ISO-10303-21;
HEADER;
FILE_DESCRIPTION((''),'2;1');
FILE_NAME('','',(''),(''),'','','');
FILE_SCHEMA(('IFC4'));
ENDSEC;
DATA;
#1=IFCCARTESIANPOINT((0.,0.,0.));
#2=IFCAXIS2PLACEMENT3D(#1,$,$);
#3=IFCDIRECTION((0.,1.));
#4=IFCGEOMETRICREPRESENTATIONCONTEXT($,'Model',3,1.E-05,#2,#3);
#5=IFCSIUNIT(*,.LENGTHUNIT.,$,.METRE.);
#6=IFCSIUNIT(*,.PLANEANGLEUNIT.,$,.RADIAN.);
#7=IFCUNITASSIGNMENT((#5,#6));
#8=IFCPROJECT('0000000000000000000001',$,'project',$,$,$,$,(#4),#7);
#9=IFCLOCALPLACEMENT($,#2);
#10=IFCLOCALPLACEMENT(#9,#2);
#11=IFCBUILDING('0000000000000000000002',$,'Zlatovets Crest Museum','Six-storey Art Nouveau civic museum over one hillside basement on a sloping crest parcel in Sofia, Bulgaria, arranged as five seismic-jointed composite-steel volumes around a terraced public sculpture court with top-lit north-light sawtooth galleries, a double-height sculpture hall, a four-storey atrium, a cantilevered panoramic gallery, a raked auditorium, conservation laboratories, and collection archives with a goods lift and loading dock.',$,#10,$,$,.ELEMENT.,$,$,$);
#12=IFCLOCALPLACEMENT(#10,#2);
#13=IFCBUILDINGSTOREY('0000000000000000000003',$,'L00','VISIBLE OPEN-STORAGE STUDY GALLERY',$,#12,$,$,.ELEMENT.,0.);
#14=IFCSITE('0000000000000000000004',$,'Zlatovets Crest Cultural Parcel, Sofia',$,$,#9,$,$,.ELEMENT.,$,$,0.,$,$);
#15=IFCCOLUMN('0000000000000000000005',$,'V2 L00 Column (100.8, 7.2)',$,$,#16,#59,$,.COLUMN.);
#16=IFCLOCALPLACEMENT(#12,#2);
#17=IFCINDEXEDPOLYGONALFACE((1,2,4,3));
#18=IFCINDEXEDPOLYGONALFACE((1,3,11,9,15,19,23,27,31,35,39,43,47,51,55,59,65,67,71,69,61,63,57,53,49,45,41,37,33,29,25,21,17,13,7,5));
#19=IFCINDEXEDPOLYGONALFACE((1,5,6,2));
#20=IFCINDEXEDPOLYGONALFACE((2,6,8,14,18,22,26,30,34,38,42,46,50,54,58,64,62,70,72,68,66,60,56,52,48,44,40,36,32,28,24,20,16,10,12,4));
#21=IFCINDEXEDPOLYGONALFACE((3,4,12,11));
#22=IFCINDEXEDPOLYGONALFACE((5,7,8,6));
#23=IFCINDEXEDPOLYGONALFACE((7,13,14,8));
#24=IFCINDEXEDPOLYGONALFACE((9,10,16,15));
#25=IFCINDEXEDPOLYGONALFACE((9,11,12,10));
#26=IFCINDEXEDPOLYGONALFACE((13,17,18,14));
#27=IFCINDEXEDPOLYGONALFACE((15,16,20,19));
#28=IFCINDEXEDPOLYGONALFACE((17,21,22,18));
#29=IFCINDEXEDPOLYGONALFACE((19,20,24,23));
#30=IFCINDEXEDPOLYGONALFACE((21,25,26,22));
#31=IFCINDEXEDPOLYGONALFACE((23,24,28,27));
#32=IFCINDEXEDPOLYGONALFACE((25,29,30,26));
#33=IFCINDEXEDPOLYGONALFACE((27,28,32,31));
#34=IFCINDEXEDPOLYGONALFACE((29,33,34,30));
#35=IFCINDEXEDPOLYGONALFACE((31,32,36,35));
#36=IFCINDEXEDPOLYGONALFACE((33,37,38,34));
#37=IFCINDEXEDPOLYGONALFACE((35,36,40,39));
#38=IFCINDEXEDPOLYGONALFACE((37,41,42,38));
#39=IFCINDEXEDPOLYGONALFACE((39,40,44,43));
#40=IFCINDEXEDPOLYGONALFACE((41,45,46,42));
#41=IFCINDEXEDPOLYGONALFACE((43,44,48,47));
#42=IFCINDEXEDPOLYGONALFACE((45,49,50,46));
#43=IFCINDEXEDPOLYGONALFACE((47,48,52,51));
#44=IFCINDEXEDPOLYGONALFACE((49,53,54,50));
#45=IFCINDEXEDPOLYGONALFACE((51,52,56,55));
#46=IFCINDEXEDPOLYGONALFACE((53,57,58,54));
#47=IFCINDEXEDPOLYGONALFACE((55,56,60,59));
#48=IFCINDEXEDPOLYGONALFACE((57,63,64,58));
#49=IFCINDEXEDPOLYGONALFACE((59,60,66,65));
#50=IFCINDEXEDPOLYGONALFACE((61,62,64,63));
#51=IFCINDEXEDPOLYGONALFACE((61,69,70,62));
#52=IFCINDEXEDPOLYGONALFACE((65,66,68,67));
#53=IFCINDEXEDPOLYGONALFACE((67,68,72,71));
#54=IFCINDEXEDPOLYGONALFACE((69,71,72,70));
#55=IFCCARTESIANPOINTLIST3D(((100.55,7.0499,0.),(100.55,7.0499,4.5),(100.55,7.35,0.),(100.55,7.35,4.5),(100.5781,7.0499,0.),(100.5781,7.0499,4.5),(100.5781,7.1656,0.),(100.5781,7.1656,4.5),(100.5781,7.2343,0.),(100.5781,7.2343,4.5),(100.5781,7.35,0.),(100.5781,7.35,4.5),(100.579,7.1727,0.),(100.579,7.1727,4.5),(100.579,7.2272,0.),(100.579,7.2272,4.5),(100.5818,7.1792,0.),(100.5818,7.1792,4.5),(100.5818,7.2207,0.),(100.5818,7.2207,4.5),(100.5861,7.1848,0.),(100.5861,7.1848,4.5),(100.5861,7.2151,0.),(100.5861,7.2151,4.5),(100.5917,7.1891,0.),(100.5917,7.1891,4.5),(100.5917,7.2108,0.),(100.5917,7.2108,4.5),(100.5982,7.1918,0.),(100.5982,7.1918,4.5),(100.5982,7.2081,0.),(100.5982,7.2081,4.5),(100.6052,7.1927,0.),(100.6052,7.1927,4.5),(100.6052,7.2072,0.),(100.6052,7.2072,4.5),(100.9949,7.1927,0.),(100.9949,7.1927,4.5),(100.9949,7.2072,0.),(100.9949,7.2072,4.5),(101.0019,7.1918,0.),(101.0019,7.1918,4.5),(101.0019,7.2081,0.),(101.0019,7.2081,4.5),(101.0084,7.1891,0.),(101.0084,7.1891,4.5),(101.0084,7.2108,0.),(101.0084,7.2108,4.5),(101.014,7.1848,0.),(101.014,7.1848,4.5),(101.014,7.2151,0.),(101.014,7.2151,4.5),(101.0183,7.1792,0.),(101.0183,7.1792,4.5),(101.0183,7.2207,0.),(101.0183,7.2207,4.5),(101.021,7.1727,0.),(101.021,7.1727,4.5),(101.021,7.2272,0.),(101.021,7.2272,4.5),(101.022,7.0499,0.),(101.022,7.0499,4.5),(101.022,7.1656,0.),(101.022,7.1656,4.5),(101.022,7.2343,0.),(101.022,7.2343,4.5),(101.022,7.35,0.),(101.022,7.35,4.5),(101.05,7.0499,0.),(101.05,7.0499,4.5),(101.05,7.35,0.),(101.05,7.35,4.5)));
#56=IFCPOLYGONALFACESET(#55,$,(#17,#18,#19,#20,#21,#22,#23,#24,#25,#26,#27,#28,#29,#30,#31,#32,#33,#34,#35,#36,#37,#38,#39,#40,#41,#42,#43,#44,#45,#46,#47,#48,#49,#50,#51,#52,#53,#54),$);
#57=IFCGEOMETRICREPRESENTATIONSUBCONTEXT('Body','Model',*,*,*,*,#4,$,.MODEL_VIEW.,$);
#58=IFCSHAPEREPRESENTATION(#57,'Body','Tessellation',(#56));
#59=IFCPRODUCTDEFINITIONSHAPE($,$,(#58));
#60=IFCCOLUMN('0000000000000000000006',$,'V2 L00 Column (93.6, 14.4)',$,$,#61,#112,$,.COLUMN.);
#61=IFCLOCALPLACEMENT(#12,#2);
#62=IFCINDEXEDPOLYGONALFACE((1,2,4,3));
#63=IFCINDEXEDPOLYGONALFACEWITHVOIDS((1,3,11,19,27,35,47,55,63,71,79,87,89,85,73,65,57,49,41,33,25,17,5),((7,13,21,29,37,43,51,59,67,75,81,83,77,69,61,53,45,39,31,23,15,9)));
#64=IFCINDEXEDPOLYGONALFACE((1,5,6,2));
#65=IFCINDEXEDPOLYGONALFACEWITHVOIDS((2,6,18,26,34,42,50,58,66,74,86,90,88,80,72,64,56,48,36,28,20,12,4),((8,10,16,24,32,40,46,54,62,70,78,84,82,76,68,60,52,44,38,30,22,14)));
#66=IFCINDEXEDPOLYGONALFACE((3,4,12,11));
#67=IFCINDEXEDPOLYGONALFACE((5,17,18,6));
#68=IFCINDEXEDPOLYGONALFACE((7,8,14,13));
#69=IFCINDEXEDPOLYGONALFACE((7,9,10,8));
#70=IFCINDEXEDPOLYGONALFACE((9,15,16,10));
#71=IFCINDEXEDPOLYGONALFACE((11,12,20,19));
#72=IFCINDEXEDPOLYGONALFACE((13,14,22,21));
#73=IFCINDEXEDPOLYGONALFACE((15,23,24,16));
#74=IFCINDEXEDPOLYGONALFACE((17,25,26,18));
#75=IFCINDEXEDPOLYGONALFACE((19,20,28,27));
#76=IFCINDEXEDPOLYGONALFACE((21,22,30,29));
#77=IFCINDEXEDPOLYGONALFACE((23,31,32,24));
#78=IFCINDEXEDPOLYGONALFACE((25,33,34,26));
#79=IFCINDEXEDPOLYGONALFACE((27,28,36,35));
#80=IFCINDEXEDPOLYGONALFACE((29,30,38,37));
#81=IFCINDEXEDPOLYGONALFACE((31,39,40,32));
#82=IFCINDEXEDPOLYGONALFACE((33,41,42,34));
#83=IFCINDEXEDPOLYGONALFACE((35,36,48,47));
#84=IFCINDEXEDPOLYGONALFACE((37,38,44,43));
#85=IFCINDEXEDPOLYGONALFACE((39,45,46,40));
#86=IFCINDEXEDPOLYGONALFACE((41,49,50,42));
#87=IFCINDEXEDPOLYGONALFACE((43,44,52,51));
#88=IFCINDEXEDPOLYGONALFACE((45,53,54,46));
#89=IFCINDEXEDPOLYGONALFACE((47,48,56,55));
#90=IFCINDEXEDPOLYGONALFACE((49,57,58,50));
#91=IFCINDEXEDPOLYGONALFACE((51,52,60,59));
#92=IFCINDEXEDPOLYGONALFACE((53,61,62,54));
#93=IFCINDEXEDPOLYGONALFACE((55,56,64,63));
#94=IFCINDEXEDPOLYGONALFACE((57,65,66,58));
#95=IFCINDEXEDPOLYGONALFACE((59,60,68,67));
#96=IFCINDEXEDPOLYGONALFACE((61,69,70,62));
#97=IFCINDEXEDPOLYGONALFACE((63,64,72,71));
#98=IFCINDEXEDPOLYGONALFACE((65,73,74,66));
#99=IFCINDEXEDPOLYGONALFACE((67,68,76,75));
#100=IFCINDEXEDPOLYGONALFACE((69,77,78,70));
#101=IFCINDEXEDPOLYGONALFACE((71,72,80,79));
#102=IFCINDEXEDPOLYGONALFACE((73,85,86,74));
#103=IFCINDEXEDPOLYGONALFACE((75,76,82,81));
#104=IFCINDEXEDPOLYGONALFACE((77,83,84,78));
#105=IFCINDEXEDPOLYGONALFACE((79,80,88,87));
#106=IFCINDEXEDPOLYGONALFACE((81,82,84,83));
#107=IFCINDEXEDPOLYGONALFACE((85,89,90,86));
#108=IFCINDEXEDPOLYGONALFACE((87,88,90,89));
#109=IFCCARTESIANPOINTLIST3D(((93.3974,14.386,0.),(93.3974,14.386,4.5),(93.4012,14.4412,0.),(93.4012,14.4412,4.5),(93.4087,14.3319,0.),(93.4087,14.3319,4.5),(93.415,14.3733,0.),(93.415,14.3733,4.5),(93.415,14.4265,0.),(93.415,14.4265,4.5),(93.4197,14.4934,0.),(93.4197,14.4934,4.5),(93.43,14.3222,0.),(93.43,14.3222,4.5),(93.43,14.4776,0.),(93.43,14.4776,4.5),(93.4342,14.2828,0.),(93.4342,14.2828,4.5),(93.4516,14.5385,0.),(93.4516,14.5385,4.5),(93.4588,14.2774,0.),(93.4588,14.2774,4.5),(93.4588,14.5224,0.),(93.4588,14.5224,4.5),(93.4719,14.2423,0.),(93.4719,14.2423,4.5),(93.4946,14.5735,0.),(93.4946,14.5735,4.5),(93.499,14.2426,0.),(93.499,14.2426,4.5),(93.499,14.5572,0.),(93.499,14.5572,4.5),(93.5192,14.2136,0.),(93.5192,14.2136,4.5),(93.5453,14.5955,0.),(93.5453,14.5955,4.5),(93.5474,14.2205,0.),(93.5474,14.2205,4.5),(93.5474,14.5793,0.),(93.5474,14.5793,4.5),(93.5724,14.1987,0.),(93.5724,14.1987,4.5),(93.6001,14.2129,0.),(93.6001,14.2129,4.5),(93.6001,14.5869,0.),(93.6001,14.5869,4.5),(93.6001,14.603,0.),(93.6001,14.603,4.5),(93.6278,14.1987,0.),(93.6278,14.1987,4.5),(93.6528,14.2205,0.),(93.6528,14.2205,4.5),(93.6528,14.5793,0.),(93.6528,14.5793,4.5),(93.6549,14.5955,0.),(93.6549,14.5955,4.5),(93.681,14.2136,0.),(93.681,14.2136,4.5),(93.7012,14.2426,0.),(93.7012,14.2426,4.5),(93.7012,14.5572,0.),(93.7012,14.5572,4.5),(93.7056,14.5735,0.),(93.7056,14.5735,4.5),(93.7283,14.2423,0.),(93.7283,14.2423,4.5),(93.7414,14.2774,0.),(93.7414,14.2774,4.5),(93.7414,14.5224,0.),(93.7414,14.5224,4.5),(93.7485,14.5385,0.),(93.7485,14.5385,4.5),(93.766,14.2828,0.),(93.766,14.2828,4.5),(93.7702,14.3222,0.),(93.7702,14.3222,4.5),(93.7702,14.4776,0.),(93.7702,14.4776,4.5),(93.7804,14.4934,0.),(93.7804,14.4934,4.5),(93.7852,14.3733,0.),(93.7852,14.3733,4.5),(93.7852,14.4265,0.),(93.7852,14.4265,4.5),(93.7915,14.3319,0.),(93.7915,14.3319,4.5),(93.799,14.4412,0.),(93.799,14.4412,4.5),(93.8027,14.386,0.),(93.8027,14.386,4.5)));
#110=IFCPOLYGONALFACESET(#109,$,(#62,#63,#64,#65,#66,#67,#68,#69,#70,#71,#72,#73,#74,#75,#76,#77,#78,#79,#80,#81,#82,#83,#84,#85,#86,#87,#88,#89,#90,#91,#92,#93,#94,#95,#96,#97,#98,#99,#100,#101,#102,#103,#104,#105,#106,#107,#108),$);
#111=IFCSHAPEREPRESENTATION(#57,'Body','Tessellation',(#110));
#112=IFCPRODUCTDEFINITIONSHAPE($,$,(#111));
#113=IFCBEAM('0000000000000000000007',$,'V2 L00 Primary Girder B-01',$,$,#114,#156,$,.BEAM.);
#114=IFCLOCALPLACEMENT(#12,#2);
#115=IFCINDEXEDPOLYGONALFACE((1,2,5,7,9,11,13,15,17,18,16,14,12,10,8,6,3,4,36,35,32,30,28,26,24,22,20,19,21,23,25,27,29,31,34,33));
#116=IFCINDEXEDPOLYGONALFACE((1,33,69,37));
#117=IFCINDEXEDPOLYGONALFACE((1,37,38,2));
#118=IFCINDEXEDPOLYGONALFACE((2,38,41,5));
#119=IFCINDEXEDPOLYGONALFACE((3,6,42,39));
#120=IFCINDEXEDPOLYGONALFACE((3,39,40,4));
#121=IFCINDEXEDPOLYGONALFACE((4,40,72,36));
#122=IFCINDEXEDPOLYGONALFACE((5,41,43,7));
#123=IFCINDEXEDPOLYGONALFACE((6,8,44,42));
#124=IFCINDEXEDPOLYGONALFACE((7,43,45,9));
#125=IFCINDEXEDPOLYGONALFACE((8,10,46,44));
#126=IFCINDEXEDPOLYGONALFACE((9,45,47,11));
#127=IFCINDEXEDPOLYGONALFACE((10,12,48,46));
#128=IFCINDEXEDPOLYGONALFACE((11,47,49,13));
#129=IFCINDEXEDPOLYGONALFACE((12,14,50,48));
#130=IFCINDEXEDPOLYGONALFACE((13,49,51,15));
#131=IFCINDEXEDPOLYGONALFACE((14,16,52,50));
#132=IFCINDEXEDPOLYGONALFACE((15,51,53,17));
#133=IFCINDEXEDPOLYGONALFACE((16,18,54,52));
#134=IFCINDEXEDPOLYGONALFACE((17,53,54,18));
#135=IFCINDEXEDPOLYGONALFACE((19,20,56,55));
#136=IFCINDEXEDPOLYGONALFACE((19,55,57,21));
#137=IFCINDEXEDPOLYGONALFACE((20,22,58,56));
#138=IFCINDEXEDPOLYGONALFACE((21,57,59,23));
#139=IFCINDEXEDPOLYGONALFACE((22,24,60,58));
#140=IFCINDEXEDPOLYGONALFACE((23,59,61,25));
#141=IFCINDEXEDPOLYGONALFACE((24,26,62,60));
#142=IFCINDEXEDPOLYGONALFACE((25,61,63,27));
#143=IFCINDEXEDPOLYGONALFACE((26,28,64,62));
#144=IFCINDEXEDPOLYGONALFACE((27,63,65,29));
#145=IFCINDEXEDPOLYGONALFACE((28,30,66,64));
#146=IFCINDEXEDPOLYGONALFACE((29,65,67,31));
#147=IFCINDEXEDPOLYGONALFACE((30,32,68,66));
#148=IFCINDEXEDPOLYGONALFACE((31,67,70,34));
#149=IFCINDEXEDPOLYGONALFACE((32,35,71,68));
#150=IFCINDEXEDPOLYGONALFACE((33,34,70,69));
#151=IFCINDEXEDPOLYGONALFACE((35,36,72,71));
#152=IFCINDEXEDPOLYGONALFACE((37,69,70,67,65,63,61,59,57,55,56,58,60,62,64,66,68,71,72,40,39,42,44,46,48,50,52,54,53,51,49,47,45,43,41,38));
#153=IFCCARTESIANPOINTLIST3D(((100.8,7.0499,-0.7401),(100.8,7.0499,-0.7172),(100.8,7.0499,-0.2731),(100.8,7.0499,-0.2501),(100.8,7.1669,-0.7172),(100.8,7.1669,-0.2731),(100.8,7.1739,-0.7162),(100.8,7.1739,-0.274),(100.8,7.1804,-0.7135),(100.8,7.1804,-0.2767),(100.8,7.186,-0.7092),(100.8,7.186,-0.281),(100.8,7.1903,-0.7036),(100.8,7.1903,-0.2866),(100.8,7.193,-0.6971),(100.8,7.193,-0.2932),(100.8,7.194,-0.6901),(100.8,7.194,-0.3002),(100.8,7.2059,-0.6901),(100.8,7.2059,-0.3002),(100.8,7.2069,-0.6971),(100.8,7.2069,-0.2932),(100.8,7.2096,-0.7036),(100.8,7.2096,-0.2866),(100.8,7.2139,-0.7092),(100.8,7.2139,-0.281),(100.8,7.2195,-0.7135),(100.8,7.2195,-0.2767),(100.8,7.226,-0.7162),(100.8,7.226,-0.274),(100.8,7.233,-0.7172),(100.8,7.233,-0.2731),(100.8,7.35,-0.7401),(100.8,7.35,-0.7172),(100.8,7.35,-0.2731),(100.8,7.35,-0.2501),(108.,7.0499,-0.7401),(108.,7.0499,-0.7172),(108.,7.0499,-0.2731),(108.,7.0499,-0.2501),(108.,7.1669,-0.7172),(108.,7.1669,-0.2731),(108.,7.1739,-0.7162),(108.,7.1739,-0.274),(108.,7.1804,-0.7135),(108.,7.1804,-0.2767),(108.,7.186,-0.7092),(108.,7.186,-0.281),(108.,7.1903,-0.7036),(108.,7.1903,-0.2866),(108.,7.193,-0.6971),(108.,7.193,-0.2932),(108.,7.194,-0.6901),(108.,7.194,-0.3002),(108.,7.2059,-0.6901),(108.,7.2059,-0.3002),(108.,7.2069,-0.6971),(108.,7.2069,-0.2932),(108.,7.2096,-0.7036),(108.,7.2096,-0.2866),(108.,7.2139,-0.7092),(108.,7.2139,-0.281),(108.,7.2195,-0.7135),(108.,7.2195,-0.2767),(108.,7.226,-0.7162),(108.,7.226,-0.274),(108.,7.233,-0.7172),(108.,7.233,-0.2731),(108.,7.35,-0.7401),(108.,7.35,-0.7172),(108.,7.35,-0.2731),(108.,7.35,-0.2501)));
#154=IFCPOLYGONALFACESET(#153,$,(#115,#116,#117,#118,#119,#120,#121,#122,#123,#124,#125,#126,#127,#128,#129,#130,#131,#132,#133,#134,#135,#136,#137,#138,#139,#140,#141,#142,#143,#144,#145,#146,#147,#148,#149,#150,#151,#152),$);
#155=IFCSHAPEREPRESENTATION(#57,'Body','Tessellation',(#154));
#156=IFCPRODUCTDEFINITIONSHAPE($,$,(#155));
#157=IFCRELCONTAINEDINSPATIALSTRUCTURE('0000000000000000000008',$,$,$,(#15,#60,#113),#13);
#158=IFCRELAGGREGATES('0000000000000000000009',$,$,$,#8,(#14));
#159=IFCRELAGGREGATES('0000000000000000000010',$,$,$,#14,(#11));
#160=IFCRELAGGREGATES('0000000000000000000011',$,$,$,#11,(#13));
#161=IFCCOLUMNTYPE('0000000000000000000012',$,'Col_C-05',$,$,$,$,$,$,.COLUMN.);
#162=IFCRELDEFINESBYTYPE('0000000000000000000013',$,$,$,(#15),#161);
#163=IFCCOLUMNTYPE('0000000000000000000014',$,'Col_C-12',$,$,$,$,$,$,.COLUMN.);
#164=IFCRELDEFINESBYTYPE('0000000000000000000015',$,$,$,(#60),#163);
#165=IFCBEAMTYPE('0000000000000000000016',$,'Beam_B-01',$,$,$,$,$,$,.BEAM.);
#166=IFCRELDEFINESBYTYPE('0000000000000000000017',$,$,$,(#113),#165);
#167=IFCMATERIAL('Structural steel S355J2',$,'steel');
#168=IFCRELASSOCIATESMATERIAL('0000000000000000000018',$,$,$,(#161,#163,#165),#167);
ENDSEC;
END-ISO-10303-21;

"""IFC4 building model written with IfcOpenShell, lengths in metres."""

from ifc_helpers import new_model, si_unit, direction, frame, origin, origin_2d, place, context, subcontext, project, spatial, hollow_circle, i_section, extrude, material, material_profile, profile_set, type_object, element, save


model = new_model("IFC4")

# Units and contexts
model_context = context("Model", 3, precision=1e-05, world=origin(), true_north=direction((0.0, 1.0)))
body_context = subcontext(model_context, "Body", "Model", "MODEL_VIEW")
ifc_project = project(units=[si_unit("LENGTHUNIT", "METRE"), si_unit("PLANEANGLEUNIT", "RADIAN")], contexts=[model_context])

# Site, building, storey
site_placement = place(None, origin())
site = spatial("IfcSite", under=ifc_project, at=site_placement, Name="Zlatovets Crest Cultural Parcel, Sofia", CompositionType="ELEMENT", RefElevation=0.0)
building_placement = place(site_placement, origin())
building = spatial("IfcBuilding", under=site, at=building_placement, Name="Zlatovets Crest Museum", Description="Six-storey Art Nouveau civic museum over one hillside basement on a sloping crest parcel in Sofia, Bulgaria, arranged as five seismic-jointed composite-steel volumes around a terraced public sculpture court with top-lit north-light sawtooth galleries, a double-height sculpture hall, a four-storey atrium, a cantilevered panoramic gallery, a raked auditorium, conservation laboratories, and collection archives with a goods lift and loading dock.", CompositionType="ELEMENT")
storey_placement = place(building_placement, origin())
storey = spatial("IfcBuildingStorey", under=building, at=storey_placement, Name="L00", Description="VISIBLE OPEN-STORAGE STUDY GALLERY", CompositionType="ELEMENT", Elevation=0.0)

# Columns
ifc_material_1 = material(Name="Structural steel S355J2", Category="steel")
ifc_material_profile_1 = material_profile(ifc_material_1, i_section(OverallWidth=0.3, OverallDepth=0.5, WebThickness=0.0144, FlangeThickness=0.0281, FilletRadius=0.0271, at=origin_2d()), Name="HEB 500")
ifc_profile_set_1 = profile_set([ifc_material_profile_1], Name="Structural steel S355J2")
column_type_1 = type_object("IfcColumnType", Name="Col_C-05", PredefinedType="COLUMN", material=ifc_profile_set_1)
column_1_placement = place(storey_placement, frame((100.8, 7.2, 0.0), z_axis=(0.0, 0.0, 1.0), x_axis=(0.0, 1.0, 0.0)))
element("IfcColumn", 1, at=column_1_placement, inside=storey, type_object=column_type_1, Name="V2 L00 Column (100.8, 7.2)", PredefinedType="COLUMN", context=body_context, shape_type="SweptSolid", body=[
    extrude(i_section(OverallWidth=0.3, OverallDepth=0.5, WebThickness=0.0144, FlangeThickness=0.0281, FilletRadius=0.0271, at=origin_2d()), origin(), (0.0, 0.0, 1.0), 4.5),
])
ifc_material_profile_2 = material_profile(ifc_material_1, hollow_circle(Radius=0.2031, WallThickness=0.0161, at=origin_2d()), Name="CHS 406.4x16.0")
ifc_profile_set_2 = profile_set([ifc_material_profile_2], Name="Structural steel S355J2")
column_type_2 = type_object("IfcColumnType", Name="Col_C-12", PredefinedType="COLUMN", material=ifc_profile_set_2)
column_2_placement = place(storey_placement, frame((93.6001, 14.3999, 0.0), z_axis=(0.0, 0.0, 1.0), x_axis=(0.0, 1.0, 0.0)))
element("IfcColumn", 2, at=column_2_placement, inside=storey, type_object=column_type_2, Name="V2 L00 Column (93.6, 14.4)", PredefinedType="COLUMN", context=body_context, shape_type="SweptSolid", body=[
    extrude(hollow_circle(Radius=0.2031, WallThickness=0.0161, at=origin_2d()), origin(), (0.0, 0.0, 1.0), 4.5),
])

# Beam
ifc_material_profile_3 = material_profile(ifc_material_1, i_section(OverallWidth=0.3, OverallDepth=0.49, WebThickness=0.012, FlangeThickness=0.0229, FilletRadius=0.0271, at=origin_2d()), Name="HEA 500")
ifc_profile_set_3 = profile_set([ifc_material_profile_3], Name="Structural steel S355J2")
beam_type_1 = type_object("IfcBeamType", Name="Beam_B-01", PredefinedType="BEAM", material=ifc_profile_set_3)
beam_1_placement = place(storey_placement, frame((100.8, 7.2, -0.4951), z_axis=(1.0, 0.0, 0.0), x_axis=(0.0, 1.0, 0.0)))
element("IfcBeam", 3, at=beam_1_placement, inside=storey, type_object=beam_type_1, Name="V2 L00 Primary Girder B-01", PredefinedType="BEAM", context=body_context, shape_type="SweptSolid", body=[
    extrude(i_section(OverallWidth=0.3, OverallDepth=0.49, WebThickness=0.012, FlangeThickness=0.0229, FilletRadius=0.0271, at=origin_2d()), origin(), (0.0, 0.0, 1.0), 7.2),
])

save(model, "model.ifc")
